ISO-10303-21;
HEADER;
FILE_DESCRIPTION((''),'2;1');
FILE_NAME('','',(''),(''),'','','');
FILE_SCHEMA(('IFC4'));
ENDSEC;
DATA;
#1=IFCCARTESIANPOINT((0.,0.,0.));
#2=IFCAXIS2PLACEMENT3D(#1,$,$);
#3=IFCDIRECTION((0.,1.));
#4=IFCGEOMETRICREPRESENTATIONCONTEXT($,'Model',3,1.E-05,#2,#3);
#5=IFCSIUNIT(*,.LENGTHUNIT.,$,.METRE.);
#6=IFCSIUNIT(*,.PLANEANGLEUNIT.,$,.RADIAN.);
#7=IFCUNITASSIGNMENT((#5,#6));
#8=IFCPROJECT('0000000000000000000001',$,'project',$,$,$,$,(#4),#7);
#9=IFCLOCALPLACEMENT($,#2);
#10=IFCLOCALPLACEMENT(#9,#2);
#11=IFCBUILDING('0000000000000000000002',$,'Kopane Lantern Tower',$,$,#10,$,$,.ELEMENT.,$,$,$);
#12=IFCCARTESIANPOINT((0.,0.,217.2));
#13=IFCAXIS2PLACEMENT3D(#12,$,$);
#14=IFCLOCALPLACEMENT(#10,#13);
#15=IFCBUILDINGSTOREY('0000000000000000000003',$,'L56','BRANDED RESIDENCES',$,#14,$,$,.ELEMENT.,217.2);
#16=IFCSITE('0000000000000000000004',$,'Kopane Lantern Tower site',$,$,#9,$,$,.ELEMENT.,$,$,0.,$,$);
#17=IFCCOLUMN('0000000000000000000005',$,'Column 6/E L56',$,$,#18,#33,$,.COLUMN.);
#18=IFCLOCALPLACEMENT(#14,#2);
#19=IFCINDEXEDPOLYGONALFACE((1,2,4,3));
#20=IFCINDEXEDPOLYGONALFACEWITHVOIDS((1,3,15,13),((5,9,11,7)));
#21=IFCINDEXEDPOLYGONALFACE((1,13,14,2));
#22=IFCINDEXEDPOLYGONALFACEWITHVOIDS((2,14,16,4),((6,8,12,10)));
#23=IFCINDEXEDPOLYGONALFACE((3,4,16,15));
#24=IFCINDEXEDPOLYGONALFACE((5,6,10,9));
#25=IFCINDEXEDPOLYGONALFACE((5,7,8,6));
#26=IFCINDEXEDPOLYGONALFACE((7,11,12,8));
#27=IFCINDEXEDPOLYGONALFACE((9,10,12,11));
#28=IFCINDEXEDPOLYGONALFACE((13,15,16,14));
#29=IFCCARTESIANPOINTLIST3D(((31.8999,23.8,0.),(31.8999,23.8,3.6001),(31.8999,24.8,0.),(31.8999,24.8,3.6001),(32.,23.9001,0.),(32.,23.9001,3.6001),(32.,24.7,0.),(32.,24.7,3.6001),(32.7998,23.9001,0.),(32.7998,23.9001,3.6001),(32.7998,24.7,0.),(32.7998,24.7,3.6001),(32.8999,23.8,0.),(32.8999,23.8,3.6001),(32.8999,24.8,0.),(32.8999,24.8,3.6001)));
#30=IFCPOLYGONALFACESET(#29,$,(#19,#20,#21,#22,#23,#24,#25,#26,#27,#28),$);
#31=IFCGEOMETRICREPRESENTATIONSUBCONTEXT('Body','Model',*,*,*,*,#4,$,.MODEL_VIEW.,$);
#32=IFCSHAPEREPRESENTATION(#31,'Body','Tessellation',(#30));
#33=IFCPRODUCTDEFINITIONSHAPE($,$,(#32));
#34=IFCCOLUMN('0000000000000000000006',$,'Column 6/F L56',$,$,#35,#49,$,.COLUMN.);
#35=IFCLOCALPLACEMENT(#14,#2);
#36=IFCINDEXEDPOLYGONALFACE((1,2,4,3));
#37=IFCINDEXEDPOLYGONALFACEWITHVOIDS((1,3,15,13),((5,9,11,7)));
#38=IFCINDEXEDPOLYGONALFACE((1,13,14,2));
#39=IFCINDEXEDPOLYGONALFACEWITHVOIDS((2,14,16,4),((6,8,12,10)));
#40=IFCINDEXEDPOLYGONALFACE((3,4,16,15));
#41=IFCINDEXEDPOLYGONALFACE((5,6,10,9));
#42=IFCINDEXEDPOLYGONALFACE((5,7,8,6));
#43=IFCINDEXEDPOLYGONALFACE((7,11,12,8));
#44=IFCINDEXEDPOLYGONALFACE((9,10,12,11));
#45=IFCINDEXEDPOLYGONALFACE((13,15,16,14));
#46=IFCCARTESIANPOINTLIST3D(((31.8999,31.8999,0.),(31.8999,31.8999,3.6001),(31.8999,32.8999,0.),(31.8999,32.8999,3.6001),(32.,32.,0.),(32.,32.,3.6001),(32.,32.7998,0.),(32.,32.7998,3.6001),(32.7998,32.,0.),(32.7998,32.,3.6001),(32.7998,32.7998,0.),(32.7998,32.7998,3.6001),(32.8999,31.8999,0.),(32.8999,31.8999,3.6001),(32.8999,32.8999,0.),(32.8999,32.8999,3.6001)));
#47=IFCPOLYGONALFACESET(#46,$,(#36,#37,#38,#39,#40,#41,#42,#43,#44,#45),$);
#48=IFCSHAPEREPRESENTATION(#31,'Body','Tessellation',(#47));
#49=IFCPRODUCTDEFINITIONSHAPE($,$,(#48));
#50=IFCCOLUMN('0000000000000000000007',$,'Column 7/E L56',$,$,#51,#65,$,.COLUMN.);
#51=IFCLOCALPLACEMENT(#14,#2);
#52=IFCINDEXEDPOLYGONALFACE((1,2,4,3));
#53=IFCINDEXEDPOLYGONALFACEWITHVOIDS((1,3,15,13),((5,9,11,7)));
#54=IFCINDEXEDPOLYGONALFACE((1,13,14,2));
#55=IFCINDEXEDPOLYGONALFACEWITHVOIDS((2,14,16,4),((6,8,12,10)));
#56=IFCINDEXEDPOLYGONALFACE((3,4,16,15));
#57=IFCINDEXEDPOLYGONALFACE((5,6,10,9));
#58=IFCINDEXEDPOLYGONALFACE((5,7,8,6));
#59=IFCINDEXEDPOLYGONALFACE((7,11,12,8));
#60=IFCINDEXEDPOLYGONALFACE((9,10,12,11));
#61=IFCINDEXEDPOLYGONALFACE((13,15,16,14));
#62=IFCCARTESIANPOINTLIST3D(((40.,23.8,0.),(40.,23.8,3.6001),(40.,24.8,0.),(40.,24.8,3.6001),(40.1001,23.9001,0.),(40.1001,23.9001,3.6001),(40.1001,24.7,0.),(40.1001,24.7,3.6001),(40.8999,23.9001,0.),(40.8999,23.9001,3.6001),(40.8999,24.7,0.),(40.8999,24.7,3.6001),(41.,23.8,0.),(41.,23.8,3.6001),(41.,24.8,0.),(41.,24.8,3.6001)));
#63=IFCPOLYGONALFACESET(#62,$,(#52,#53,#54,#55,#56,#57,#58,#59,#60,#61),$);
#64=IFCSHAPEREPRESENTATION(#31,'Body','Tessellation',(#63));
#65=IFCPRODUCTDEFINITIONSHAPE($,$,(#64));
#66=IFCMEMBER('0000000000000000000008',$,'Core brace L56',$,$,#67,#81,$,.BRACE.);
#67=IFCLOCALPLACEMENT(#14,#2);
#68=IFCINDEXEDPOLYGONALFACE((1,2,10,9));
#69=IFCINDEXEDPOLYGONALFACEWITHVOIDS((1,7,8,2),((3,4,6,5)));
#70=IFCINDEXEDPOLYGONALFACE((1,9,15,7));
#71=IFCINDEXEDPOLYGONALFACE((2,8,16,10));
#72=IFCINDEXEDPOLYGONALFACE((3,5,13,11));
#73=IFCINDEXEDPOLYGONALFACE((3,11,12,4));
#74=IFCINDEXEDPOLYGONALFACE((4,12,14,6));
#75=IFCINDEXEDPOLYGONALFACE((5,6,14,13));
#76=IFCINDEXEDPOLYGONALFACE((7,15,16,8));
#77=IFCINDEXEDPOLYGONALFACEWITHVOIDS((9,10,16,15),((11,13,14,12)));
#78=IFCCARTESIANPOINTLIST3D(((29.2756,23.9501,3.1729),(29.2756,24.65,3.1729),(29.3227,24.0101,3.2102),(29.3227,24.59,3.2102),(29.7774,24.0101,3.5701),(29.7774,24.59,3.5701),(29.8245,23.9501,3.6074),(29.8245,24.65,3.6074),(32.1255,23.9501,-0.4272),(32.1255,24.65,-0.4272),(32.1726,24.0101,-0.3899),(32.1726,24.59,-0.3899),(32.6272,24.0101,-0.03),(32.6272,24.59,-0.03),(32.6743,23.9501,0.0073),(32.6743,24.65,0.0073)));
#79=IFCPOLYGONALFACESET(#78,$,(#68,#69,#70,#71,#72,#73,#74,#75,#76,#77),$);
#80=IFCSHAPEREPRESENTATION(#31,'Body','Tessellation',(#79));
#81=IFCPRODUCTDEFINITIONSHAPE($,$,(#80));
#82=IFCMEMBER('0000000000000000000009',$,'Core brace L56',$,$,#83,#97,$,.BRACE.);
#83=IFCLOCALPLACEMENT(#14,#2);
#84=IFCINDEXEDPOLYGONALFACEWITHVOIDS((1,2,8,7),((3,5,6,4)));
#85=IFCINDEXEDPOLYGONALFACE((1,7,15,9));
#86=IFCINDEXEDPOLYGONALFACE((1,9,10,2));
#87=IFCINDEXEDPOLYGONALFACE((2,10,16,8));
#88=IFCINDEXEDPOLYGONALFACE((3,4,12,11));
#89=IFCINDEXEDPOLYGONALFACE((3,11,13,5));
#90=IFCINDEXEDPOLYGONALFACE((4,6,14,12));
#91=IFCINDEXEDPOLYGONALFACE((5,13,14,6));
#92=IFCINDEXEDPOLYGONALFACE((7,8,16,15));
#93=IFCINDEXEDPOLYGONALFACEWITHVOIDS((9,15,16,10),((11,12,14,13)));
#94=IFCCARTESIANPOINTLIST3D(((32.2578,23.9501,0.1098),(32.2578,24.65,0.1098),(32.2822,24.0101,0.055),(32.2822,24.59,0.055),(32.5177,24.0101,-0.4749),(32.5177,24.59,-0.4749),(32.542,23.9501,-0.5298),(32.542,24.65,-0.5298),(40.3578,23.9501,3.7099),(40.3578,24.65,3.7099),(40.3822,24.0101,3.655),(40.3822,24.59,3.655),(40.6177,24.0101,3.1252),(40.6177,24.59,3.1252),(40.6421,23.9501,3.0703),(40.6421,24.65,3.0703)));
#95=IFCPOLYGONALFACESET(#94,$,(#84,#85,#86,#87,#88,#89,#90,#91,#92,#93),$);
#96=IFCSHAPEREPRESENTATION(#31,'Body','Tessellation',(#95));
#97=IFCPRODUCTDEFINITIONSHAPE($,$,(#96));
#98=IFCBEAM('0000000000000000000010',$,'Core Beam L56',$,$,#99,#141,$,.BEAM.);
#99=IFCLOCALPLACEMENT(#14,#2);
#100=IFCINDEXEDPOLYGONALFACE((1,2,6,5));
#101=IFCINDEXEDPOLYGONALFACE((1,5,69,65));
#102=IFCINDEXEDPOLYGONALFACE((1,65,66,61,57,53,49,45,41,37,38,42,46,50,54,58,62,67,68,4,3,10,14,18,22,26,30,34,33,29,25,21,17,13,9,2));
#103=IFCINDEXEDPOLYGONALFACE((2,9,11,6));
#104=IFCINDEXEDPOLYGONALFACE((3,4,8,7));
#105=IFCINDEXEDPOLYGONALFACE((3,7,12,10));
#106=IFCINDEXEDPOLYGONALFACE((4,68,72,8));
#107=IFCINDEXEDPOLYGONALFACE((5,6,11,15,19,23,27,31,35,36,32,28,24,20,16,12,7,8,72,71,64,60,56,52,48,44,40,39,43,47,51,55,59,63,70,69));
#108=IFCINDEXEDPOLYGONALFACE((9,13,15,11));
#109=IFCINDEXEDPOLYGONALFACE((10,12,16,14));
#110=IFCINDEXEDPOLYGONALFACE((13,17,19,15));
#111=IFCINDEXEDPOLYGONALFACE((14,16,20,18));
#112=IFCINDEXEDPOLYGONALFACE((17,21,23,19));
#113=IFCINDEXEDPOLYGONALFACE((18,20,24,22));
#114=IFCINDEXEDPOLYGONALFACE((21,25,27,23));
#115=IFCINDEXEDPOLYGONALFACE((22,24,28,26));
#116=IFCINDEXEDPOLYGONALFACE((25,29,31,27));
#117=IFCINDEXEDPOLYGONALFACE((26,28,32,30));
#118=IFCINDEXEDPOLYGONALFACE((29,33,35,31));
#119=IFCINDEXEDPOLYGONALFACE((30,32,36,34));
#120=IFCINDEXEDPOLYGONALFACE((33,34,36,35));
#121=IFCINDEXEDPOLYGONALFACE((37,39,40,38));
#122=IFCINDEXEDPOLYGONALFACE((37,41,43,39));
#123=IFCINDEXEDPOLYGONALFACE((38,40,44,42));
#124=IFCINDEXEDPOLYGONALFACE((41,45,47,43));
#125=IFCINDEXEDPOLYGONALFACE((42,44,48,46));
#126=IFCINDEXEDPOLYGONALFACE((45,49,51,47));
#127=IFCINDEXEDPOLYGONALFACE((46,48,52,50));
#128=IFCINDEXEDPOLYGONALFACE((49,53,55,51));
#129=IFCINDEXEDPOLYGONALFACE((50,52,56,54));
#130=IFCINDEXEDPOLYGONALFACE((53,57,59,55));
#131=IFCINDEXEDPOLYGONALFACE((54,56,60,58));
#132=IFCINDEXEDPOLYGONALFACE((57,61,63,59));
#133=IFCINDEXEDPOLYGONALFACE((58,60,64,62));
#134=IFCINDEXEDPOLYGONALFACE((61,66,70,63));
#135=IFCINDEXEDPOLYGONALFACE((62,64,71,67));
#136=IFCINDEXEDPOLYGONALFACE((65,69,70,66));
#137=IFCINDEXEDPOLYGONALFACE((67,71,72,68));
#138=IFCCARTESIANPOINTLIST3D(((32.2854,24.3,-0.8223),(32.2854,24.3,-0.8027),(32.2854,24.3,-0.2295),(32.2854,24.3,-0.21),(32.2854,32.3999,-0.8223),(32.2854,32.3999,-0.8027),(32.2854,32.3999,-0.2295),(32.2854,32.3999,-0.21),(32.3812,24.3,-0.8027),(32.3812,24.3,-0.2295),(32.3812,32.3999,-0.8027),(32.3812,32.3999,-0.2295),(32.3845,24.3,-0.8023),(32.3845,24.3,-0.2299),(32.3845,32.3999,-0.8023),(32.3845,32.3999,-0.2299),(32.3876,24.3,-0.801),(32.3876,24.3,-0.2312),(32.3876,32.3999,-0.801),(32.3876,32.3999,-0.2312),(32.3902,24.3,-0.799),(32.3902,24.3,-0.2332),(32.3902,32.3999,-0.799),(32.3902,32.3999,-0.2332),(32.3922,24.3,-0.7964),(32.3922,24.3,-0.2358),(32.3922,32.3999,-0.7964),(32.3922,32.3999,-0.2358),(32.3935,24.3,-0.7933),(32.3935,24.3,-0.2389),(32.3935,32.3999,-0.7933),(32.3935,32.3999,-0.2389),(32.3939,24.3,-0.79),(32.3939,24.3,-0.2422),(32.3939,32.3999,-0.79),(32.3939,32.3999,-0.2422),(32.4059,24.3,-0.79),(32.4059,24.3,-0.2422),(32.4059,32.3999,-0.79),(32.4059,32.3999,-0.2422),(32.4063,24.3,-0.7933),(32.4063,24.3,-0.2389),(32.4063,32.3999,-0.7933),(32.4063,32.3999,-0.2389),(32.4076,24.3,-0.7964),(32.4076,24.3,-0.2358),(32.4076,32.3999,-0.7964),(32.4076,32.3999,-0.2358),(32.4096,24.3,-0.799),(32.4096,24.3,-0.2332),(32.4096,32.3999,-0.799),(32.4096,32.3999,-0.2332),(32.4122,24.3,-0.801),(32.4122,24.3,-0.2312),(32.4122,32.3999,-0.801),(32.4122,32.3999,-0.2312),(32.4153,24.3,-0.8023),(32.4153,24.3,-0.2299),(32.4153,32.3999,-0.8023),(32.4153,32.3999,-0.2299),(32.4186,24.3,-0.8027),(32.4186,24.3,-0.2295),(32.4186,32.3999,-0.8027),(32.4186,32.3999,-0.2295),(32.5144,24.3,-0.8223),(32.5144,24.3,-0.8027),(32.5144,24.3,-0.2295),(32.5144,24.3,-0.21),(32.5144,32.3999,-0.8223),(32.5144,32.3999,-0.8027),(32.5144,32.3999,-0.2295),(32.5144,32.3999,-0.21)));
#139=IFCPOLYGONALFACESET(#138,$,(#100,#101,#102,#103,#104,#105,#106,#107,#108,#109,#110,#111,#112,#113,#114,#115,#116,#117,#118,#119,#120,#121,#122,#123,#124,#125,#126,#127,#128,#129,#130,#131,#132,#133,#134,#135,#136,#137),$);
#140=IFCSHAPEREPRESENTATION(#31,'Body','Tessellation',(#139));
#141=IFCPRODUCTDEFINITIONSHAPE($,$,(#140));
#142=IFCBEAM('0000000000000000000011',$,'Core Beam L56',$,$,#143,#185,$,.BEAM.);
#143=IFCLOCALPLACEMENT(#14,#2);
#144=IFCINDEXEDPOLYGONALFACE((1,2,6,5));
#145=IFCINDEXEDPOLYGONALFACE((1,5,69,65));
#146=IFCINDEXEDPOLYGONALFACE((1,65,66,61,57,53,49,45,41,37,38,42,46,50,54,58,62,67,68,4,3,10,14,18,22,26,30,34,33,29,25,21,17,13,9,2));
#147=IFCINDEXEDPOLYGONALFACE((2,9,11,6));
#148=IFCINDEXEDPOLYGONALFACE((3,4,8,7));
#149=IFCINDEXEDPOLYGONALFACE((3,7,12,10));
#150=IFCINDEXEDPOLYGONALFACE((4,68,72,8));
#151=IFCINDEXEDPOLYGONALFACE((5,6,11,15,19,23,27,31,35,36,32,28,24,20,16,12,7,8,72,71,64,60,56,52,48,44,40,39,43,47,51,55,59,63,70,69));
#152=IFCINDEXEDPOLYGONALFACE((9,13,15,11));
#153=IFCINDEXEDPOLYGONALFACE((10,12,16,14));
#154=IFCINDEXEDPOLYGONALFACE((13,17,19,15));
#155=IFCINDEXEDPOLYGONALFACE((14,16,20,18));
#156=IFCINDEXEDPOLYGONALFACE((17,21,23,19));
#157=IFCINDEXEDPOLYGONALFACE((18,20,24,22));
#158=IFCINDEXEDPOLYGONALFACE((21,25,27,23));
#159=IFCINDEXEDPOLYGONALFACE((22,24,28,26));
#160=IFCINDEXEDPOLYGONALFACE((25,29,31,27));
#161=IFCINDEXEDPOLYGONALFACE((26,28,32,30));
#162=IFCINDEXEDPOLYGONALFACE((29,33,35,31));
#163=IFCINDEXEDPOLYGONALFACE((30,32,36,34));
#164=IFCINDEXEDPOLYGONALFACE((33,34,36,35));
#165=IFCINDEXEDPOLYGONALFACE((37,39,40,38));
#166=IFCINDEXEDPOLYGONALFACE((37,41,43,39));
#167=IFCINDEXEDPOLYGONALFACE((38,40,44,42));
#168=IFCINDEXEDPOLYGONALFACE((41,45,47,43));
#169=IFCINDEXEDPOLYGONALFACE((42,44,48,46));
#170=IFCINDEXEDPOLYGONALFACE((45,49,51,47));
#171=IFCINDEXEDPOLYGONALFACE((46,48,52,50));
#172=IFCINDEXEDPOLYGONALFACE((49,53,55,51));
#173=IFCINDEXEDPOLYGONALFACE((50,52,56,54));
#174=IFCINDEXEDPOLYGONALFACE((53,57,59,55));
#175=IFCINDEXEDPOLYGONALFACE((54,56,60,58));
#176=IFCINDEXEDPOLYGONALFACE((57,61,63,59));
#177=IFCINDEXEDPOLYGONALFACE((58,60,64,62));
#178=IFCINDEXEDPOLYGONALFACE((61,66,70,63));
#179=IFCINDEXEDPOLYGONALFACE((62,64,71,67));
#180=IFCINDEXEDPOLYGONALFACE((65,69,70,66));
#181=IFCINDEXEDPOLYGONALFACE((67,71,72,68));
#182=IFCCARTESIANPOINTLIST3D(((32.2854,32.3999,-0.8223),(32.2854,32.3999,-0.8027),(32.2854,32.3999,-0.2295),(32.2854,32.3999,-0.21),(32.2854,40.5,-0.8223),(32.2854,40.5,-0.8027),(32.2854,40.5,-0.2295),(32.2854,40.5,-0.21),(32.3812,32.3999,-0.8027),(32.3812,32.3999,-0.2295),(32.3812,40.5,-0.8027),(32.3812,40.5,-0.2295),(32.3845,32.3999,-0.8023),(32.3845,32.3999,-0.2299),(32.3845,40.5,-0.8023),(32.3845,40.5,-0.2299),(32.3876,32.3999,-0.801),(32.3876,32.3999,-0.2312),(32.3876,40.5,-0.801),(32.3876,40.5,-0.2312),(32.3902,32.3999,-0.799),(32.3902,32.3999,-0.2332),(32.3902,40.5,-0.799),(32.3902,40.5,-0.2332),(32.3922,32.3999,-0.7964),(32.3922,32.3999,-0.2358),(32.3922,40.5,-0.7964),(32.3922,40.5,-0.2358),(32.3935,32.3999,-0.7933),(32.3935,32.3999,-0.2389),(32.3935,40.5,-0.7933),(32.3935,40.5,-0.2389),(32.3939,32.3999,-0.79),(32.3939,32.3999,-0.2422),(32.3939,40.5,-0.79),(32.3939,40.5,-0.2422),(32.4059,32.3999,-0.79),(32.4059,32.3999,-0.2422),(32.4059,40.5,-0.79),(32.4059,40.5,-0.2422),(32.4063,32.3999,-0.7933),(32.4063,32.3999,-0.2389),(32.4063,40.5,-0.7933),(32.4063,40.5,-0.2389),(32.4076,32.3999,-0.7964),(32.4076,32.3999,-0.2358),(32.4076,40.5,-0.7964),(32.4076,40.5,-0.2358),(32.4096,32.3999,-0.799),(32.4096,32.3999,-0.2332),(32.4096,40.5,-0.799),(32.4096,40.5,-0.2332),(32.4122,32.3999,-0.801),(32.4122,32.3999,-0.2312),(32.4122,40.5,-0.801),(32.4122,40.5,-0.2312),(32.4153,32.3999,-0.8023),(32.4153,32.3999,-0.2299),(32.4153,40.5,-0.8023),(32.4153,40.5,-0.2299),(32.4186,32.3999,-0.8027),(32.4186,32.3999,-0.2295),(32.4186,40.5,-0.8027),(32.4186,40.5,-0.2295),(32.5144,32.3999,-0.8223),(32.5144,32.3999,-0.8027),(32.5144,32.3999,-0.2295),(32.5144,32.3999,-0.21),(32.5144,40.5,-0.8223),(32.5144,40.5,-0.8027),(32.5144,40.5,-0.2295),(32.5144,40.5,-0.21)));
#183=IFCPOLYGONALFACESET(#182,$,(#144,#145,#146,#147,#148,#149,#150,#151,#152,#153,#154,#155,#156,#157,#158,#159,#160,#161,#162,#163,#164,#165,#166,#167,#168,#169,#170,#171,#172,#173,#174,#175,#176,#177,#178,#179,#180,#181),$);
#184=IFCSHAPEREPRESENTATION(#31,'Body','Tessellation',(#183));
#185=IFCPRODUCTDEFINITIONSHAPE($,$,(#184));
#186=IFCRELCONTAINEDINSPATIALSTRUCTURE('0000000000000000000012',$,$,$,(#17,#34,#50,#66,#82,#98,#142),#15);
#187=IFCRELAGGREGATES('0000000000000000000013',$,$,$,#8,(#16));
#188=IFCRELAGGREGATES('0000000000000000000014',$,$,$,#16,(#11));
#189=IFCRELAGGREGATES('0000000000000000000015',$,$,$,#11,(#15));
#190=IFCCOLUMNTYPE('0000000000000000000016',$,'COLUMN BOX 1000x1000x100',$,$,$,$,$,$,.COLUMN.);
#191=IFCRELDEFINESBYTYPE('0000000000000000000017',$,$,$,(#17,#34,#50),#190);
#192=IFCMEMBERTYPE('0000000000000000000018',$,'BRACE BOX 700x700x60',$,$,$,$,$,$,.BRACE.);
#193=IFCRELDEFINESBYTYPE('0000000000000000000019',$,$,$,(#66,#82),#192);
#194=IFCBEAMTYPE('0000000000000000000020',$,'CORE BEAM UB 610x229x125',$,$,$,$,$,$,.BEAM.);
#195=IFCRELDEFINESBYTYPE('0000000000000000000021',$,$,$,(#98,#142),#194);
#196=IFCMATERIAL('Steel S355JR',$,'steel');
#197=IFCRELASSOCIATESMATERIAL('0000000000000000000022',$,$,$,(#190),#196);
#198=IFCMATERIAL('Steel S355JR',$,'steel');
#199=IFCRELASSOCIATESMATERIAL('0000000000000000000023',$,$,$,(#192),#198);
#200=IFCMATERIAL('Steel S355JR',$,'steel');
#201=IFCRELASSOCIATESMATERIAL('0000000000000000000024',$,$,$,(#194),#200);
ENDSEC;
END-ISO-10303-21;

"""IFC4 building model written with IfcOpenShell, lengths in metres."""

from ifc_helpers import new_model, si_unit, direction, frame, origin, origin_2d, place, context, subcontext, project, spatial, hollow_rectangle, i_section, extrude, material, material_profile, profile_set, type_object, element, save


model = new_model("IFC4")

# Units and contexts
model_context = context("Model", 3, precision=1e-05, world=origin(), true_north=direction((0.0, 1.0)))
body_context = subcontext(model_context, "Body", "Model", "MODEL_VIEW")
ifc_project = project(units=[si_unit("LENGTHUNIT", "METRE"), si_unit("PLANEANGLEUNIT", "RADIAN")], contexts=[model_context])

# Site, building, storey
site_placement = place(None, origin())
site = spatial("IfcSite", under=ifc_project, at=site_placement, Name="Kopane Lantern Tower site", CompositionType="ELEMENT", RefElevation=0.0)
building_placement = place(site_placement, origin())
building = spatial("IfcBuilding", under=site, at=building_placement, Name="Kopane Lantern Tower", CompositionType="ELEMENT")
storey_placement = place(building_placement, frame((0.0, 0.0, 217.2)))
storey = spatial("IfcBuildingStorey", under=building, at=storey_placement, Name="L56", Description="BRANDED RESIDENCES", CompositionType="ELEMENT", Elevation=217.2)

# Columns
ifc_material_1 = material(Name="Steel S355JR", Category="steel")
ifc_material_profile_1 = material_profile(ifc_material_1, hollow_rectangle(XDim=1.0, YDim=1.0, WallThickness=0.1001, at=origin_2d()), Name="BOX 1000x1000x100")
ifc_profile_set_1 = profile_set([ifc_material_profile_1], Name="Steel S355JR")
column_type = type_object("IfcColumnType", Name="COLUMN BOX 1000x1000x100", PredefinedType="COLUMN", material=ifc_profile_set_1)
for number, where, z_axis, x_axis, name in (
    (1, (32.3999, 24.3, 0.0), (0.0, 0.0, 1.0), (1.0, 0.0, 0.0), "Column 6/E L56"),
    (2, (32.3999, 32.3999, 0.0), (0.0, 0.0, 1.0), (1.0, 0.0, 0.0), "Column 6/F L56"),
    (3, (40.5, 24.3, 0.0), (0.0, 0.0, 1.0), (1.0, 0.0, 0.0), "Column 7/E L56"),
):
    element("IfcColumn", number, at=place(storey_placement, frame(where, z_axis=z_axis, x_axis=x_axis)), inside=storey, type_object=column_type, Name=name, PredefinedType="COLUMN", context=body_context, shape_type="SweptSolid", body=[
        extrude(hollow_rectangle(XDim=1.0, YDim=1.0, WallThickness=0.1001, at=origin_2d()), origin(), (0.0, 0.0, 1.0), 3.6001),
    ])

# Members
ifc_material_2 = material(Name="Steel S355JR", Category="steel")
ifc_material_profile_2 = material_profile(ifc_material_2, hollow_rectangle(XDim=0.7, YDim=0.7, WallThickness=0.0601, at=origin_2d()), Name="BOX 700x700x60")
ifc_profile_set_2 = profile_set([ifc_material_profile_2], Name="Steel S355JR")
member_type = type_object("IfcMemberType", Name="BRACE BOX 700x700x60", PredefinedType="BRACE", material=ifc_profile_set_2)
member_1_placement = place(storey_placement, frame((32.3999, 24.3, -0.21), z_axis=(-0.620673, 0.0, 0.78407), x_axis=(0.0, -1.0, 0.0)))
element("IfcMember", 4, at=member_1_placement, inside=storey, type_object=member_type, Name="Core brace L56", PredefinedType="BRACE", context=body_context, shape_type="SweptSolid", body=[
    extrude(hollow_rectangle(XDim=0.7, YDim=0.7, WallThickness=0.0601, at=origin_2d()), origin(), (0.0, 0.0, 1.0), 4.5916),
])
member_2_placement = place(storey_placement, frame((32.3999, 24.3, -0.21), z_axis=(0.913809, 0.0, 0.406144), x_axis=(0.0, 1.0, 0.0)))
element("IfcMember", 5, at=member_2_placement, inside=storey, type_object=member_type, Name="Core brace L56", PredefinedType="BRACE", context=body_context, shape_type="SweptSolid", body=[
    extrude(hollow_rectangle(XDim=0.7, YDim=0.7, WallThickness=0.0601, at=origin_2d()), origin(), (0.0, 0.0, 1.0), 8.864),
])

# Beams
ifc_material_3 = material(Name="Steel S355JR", Category="steel")
ifc_material_profile_3 = material_profile(ifc_material_3, i_section(OverallWidth=0.229, OverallDepth=0.6123, WebThickness=0.012, FlangeThickness=0.0195, FilletRadius=0.0127, at=origin_2d()), Name="UB 610x229x125")
ifc_profile_set_3 = profile_set([ifc_material_profile_3], Name="Steel S355JR")
beam_type_1 = type_object("IfcBeamType", Name="CORE BEAM UB 610x229x125", PredefinedType="BEAM", material=ifc_profile_set_3)
beam_1_placement = place(storey_placement, frame((32.3999, 24.3, -0.5161), z_axis=(0.0, 1.0, 0.0), x_axis=(-1.0, 0.0, 0.0)))
element("IfcBeam", 6, at=beam_1_placement, inside=storey, type_object=beam_type_1, Name="Core Beam L56", PredefinedType="BEAM", context=body_context, shape_type="SweptSolid", body=[
    extrude(i_section(OverallWidth=0.229, OverallDepth=0.6123, WebThickness=0.012, FlangeThickness=0.0195, FilletRadius=0.0127, at=origin_2d()), origin(), (0.0, 0.0, 1.0), 8.0999),
])
for number, where, z_axis, x_axis, name in (
    (7, (32.3999, 32.3999, -0.5161), (0.0, 1.0, 0.0), (-1.0, 0.0, 0.0), "Core Beam L56"),
):
    element("IfcBeam", number, at=place(storey_placement, frame(where, z_axis=z_axis, x_axis=x_axis)), inside=storey, type_object=beam_type_1, Name=name, PredefinedType="BEAM", context=body_context, shape_type="SweptSolid", body=[
        extrude(i_section(OverallWidth=0.229, OverallDepth=0.6123, WebThickness=0.012, FlangeThickness=0.0195, FilletRadius=0.0127, at=origin_2d()), origin(), (0.0, 0.0, 1.0), 8.1001),
    ])

save(model, "model.ifc")
